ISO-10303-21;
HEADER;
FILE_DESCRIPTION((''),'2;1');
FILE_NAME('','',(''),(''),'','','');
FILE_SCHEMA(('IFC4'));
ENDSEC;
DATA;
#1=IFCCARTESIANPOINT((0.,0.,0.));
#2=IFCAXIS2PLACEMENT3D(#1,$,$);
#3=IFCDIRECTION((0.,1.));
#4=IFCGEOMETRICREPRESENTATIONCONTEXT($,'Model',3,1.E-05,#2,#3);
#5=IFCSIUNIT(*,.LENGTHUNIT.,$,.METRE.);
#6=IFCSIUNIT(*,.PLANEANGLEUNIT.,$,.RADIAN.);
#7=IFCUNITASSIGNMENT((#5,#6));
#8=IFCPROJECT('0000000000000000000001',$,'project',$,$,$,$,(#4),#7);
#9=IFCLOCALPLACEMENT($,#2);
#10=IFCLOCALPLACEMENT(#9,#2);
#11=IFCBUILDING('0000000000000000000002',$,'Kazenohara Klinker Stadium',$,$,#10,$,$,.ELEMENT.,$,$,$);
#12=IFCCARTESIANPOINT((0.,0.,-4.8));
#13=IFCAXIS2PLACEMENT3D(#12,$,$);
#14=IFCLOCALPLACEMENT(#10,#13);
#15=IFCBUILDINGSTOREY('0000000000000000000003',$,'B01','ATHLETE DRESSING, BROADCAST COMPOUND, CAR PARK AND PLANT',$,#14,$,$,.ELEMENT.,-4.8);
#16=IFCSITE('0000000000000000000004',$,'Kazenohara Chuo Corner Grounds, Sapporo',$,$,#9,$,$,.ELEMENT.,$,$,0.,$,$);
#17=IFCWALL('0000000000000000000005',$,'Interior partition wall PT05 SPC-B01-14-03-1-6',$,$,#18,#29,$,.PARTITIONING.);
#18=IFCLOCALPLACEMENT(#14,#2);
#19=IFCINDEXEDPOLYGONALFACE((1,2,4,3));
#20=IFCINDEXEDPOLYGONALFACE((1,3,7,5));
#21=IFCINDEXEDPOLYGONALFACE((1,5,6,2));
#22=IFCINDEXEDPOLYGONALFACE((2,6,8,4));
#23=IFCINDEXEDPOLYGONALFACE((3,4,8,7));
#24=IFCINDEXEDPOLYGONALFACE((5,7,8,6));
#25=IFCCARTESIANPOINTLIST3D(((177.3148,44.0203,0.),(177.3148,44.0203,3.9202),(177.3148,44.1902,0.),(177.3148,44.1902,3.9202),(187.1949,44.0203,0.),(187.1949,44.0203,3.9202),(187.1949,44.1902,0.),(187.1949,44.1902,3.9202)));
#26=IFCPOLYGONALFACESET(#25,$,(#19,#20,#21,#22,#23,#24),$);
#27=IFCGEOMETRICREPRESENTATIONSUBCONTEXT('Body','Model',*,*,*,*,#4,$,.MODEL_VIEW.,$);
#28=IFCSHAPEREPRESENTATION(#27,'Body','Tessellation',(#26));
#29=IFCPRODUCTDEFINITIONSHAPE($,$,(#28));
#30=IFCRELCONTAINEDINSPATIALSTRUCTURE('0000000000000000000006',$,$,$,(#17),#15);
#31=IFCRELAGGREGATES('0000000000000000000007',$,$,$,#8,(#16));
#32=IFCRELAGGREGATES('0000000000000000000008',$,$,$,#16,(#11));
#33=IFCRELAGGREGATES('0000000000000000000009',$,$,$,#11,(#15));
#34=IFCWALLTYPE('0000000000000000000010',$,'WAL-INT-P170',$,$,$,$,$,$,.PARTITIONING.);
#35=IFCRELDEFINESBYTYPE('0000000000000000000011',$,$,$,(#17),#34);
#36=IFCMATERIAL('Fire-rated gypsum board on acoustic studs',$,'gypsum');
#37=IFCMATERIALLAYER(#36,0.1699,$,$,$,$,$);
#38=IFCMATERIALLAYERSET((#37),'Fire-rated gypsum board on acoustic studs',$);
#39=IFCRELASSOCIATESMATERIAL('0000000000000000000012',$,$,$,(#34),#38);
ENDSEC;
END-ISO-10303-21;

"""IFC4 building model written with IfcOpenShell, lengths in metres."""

from ifc_helpers import new_model, si_unit, direction, frame, frame_2d, origin, place, context, subcontext, project, spatial, rectangle, extrude, material, layer, layer_set, type_object, element, save


model = new_model("IFC4")

# Units and contexts
model_context = context("Model", 3, precision=1e-05, world=origin(), true_north=direction((0.0, 1.0)))
body_context = subcontext(model_context, "Body", "Model", "MODEL_VIEW")
ifc_project = project(units=[si_unit("LENGTHUNIT", "METRE"), si_unit("PLANEANGLEUNIT", "RADIAN")], contexts=[model_context])

# Site, building, storey
site_placement = place(None, origin())
site = spatial("IfcSite", under=ifc_project, at=site_placement, Name="Kazenohara Chuo Corner Grounds, Sapporo", CompositionType="ELEMENT", RefElevation=0.0)
building_placement = place(site_placement, origin())
building = spatial("IfcBuilding", under=site, at=building_placement, Name="Kazenohara Klinker Stadium", CompositionType="ELEMENT")
storey_placement = place(building_placement, frame((0.0, 0.0, -4.8)))
storey = spatial("IfcBuildingStorey", under=building, at=storey_placement, Name="B01", Description="ATHLETE DRESSING, BROADCAST COMPOUND, CAR PARK AND PLANT", CompositionType="ELEMENT", Elevation=-4.8)

# Shared definitions
ifc_material_1 = material(Name="Fire-rated gypsum board on acoustic studs", Category="gypsum")

# Wall
ifc_layer_1 = layer(ifc_material_1, 0.1699)
ifc_layer_set_1 = layer_set([ifc_layer_1], Name="Fire-rated gypsum board on acoustic studs")
wall_type_1 = type_object("IfcWallType", Name="WAL-INT-P170", PredefinedType="PARTITIONING", material=ifc_layer_set_1)
wall_1_placement = place(storey_placement, frame((177.3149, 44.1052, 0.0), z_axis=(0.0, 0.0, 1.0), x_axis=(1.0, 0.0, 0.0)))
element("IfcWall", 1, at=wall_1_placement, inside=storey, type_object=wall_type_1, Name="Interior partition wall PT05 SPC-B01-14-03-1-6", PredefinedType="PARTITIONING", context=body_context, shape_type="SweptSolid", body=[
    extrude(rectangle(XDim=9.8801, YDim=0.1699, at=frame_2d((4.9399, 0.0))), origin(), (0.0, 0.0, 1.0), 3.9202),
])

save(model, "model.ifc")
